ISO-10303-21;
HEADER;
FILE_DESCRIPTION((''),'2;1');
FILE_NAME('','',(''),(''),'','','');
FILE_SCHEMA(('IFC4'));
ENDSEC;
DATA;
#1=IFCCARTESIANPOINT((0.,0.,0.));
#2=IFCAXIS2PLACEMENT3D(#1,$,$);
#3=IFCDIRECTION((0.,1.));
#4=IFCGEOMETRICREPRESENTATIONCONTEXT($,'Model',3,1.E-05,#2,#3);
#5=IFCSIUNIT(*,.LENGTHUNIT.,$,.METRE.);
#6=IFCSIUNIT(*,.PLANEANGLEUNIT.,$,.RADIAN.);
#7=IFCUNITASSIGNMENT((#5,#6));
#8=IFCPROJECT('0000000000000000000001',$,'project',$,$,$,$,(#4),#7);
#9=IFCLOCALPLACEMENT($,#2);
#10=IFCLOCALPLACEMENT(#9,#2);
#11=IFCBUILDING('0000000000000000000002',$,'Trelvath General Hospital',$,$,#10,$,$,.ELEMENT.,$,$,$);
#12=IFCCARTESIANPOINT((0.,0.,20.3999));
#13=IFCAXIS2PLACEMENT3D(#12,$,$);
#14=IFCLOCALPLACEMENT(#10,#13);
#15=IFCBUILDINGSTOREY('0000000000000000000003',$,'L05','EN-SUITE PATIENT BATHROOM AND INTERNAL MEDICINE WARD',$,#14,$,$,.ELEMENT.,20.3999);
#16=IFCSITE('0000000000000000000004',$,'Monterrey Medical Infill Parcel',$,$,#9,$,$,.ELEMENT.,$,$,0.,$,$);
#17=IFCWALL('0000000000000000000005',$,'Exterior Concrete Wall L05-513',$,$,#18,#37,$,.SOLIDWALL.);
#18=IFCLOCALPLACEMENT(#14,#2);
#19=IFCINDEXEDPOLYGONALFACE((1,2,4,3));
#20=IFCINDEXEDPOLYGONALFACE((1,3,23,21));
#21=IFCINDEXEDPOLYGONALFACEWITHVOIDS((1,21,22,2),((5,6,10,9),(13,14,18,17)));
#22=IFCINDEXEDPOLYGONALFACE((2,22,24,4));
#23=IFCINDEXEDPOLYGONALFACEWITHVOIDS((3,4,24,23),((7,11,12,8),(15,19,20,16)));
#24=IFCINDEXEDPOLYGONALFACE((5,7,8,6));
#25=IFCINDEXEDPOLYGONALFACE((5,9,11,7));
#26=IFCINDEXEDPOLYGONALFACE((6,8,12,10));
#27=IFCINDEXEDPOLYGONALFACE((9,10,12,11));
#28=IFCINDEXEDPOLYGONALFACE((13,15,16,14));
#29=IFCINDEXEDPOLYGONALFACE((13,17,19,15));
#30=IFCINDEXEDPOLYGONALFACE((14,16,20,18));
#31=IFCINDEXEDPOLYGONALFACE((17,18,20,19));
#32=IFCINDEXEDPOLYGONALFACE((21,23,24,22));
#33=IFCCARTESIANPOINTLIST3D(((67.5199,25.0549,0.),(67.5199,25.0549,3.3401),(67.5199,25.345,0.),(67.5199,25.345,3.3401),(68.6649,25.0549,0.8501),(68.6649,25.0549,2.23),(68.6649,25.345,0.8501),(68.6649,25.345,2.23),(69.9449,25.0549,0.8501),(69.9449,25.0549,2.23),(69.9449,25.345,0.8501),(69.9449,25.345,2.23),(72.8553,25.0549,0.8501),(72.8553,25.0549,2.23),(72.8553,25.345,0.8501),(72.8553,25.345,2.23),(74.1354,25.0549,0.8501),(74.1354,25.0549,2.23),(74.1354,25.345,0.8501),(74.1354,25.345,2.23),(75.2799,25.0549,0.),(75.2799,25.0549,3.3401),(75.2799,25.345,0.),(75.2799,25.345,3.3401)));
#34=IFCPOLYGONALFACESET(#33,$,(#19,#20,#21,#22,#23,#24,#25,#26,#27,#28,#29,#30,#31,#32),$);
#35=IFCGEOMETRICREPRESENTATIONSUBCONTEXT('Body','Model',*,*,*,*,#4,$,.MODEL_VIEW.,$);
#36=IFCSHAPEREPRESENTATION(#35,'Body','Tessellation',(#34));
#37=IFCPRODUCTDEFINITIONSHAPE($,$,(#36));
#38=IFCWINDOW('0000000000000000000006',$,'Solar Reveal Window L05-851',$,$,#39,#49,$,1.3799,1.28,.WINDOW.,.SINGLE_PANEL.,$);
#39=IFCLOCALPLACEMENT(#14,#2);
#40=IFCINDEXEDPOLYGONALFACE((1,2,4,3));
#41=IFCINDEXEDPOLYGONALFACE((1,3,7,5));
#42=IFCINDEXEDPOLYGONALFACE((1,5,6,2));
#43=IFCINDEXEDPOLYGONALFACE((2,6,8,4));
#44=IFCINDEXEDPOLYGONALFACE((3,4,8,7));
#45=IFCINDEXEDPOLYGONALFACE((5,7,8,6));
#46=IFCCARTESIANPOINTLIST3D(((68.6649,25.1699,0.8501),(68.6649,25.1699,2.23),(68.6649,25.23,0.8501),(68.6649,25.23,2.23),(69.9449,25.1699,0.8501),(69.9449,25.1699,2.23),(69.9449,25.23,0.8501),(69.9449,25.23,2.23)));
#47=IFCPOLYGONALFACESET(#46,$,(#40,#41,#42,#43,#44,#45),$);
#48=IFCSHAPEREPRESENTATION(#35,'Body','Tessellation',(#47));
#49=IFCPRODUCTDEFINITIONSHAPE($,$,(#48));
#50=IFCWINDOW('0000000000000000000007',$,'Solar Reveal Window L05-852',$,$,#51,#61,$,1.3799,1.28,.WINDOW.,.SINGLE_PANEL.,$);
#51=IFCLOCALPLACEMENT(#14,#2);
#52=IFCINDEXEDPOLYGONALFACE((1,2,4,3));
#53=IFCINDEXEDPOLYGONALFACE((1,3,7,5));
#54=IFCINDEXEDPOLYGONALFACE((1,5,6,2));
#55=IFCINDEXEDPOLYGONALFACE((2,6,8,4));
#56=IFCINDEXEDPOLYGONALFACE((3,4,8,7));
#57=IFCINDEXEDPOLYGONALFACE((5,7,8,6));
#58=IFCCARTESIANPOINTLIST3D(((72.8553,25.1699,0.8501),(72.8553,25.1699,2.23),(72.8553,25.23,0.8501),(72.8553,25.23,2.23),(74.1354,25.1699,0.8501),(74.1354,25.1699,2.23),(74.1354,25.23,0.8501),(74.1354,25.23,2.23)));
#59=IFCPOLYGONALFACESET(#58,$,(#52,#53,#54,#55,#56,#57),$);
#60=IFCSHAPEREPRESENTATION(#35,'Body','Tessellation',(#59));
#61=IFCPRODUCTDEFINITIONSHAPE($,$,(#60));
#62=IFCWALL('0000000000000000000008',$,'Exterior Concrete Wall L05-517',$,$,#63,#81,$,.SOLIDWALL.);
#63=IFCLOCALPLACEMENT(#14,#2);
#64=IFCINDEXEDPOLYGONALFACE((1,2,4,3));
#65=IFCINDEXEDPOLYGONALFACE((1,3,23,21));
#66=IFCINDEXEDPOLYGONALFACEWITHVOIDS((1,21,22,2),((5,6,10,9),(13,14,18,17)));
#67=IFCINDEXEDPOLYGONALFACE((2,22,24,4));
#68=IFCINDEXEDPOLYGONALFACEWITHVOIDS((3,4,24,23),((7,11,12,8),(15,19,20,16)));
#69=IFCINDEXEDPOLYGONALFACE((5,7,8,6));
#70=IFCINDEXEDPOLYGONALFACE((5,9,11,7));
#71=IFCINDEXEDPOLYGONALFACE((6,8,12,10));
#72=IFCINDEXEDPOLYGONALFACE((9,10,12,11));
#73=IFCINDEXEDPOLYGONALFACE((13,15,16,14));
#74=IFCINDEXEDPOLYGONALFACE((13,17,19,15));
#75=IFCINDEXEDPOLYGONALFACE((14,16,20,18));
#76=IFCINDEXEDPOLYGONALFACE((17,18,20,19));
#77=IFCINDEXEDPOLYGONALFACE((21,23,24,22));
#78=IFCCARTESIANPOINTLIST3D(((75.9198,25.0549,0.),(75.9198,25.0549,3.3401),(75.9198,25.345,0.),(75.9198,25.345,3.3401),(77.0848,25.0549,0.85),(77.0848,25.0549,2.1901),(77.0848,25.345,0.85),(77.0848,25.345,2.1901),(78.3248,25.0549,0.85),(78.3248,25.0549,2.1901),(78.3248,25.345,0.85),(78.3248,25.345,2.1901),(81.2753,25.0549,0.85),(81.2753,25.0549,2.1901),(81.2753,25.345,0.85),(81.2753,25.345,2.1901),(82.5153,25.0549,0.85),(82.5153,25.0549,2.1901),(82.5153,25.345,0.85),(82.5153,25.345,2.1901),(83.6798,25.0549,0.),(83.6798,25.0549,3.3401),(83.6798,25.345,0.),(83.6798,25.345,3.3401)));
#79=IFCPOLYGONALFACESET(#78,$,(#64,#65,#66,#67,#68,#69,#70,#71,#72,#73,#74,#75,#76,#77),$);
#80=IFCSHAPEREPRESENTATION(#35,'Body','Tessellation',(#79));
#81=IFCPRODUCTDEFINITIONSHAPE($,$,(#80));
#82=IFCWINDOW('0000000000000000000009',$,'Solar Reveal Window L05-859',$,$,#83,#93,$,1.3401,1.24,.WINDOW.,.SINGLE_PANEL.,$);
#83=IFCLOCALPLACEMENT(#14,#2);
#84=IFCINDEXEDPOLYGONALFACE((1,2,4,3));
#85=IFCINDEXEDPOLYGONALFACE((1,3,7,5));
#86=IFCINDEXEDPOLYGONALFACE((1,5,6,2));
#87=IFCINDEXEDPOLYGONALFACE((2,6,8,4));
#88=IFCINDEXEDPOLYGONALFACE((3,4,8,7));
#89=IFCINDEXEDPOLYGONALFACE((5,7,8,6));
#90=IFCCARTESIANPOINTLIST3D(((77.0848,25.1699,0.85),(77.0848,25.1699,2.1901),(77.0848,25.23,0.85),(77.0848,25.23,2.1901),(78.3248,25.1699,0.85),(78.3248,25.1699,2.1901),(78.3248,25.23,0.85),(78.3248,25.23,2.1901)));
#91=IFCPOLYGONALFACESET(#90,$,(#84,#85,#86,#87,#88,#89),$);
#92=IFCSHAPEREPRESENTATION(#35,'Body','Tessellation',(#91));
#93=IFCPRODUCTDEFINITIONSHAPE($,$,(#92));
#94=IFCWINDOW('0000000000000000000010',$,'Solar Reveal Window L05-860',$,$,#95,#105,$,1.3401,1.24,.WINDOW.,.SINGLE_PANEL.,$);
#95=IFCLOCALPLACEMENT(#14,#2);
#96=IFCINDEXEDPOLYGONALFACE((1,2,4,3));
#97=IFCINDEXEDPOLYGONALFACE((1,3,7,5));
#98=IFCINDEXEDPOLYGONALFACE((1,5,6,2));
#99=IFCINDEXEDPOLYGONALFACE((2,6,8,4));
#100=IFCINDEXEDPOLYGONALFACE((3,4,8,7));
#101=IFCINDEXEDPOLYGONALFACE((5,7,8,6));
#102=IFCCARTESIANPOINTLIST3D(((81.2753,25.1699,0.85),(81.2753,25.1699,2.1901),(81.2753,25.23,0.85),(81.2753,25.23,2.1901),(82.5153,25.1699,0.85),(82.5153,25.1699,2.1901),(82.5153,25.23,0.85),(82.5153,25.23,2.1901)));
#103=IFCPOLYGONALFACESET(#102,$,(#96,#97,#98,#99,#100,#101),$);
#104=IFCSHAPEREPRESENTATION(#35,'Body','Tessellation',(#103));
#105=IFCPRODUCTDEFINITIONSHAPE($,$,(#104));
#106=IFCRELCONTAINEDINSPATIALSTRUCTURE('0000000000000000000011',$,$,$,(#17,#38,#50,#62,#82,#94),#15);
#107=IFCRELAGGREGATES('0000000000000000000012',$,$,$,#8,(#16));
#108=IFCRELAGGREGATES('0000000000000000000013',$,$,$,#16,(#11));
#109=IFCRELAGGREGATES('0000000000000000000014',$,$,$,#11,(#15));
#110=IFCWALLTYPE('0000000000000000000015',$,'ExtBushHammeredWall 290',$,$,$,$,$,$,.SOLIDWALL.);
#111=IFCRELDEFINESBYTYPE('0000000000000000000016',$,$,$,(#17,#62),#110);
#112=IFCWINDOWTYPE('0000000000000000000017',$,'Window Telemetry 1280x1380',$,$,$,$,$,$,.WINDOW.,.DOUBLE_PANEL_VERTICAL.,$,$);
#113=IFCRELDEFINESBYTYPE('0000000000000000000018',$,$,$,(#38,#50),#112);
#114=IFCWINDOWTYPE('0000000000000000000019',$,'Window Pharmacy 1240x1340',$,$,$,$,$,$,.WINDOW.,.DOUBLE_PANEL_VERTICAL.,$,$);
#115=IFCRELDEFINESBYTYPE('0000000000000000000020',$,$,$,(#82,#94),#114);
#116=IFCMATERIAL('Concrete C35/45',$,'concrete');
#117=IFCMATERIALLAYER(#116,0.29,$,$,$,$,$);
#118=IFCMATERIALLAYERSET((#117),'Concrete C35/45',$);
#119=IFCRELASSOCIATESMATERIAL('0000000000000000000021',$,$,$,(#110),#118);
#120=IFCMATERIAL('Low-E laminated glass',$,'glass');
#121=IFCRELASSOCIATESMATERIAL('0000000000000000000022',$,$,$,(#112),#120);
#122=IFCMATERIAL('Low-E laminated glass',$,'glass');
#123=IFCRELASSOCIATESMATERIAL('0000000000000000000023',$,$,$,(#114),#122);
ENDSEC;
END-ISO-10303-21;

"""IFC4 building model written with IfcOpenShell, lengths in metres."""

from ifc_helpers import new_model, si_unit, direction, frame, frame_2d, origin, place, context, subcontext, project, spatial, rectangle, extrude, material, layer, layer_set, type_object, element, fill, save


model = new_model("IFC4")

# Units and contexts
model_context = context("Model", 3, precision=1e-05, world=origin(), true_north=direction((0.0, 1.0)))
body_context = subcontext(model_context, "Body", "Model", "MODEL_VIEW")
ifc_project = project(units=[si_unit("LENGTHUNIT", "METRE"), si_unit("PLANEANGLEUNIT", "RADIAN")], contexts=[model_context])

# Site, building, storey
site_placement = place(None, origin())
site = spatial("IfcSite", under=ifc_project, at=site_placement, Name="Monterrey Medical Infill Parcel", CompositionType="ELEMENT", RefElevation=0.0)
building_placement = place(site_placement, origin())
building = spatial("IfcBuilding", under=site, at=building_placement, Name="Trelvath General Hospital", CompositionType="ELEMENT")
storey_placement = place(building_placement, frame((0.0, 0.0, 20.3999)))
storey = spatial("IfcBuildingStorey", under=building, at=storey_placement, Name="L05", Description="EN-SUITE PATIENT BATHROOM AND INTERNAL MEDICINE WARD", CompositionType="ELEMENT", Elevation=20.3999)

# Walls, openings, windows
ifc_material_1 = material(Name="Concrete C35/45", Category="concrete")
ifc_layer_1 = layer(ifc_material_1, 0.29)
ifc_layer_set_1 = layer_set([ifc_layer_1], Name="Concrete C35/45")
wall_type_1 = type_object("IfcWallType", Name="ExtBushHammeredWall 290", PredefinedType="SOLIDWALL", material=ifc_layer_set_1)
wall_1_placement = place(storey_placement, frame((67.52, 25.2, 0.0), z_axis=(0.0, 0.0, 1.0), x_axis=(1.0, 0.0, 0.0)))
wall_1 = element("IfcWall", 1, at=wall_1_placement, inside=storey, type_object=wall_type_1, Name="Exterior Concrete Wall L05-513", PredefinedType="SOLIDWALL", context=body_context, shape_type="SweptSolid", body=[
    extrude(rectangle(XDim=7.76, YDim=0.29, at=frame_2d((3.8799, 0.0))), origin(), (0.0, 0.0, 1.0), 3.3401),
])
opening_1_placement = place(wall_1_placement, frame((1.1448, 0.0, 0.8501)))
opening_1 = element("IfcOpeningElement", 2, at=opening_1_placement, cuts=wall_1, PredefinedType="OPENING", context=body_context, shape_type="SweptSolid", body=[
    extrude(rectangle(XDim=1.28, YDim=1.3799, at=frame_2d((0.6401, 0.6899))), frame((0.0, 0.155, 0.0), z_axis=(0.0, -1.0, 0.0), x_axis=(1.0, 0.0, 0.0)), (0.0, 0.0, 1.0), 0.3101),
])
opening_2_placement = place(wall_1_placement, frame((5.3352, 0.0, 0.8501)))
opening_2 = element("IfcOpeningElement", 3, at=opening_2_placement, cuts=wall_1, PredefinedType="OPENING", context=body_context, shape_type="SweptSolid", body=[
    extrude(rectangle(XDim=1.28, YDim=1.3799, at=frame_2d((0.6401, 0.6899))), frame((0.0, 0.155, 0.0), z_axis=(0.0, -1.0, 0.0), x_axis=(1.0, 0.0, 0.0)), (0.0, 0.0, 1.0), 0.3101),
])
ifc_material_2 = material(Name="Low-E laminated glass", Category="glass")
window_type_1 = type_object("IfcWindowType", Name="Window Telemetry 1280x1380", PartitioningType="DOUBLE_PANEL_VERTICAL", PredefinedType="WINDOW", material=ifc_material_2)
window_1_placement = place(opening_1_placement, origin())
window_1 = element("IfcWindow", 4, at=window_1_placement, inside=storey, type_object=window_type_1, Name="Solar Reveal Window L05-851", OverallHeight=1.3799, OverallWidth=1.28, PartitioningType="SINGLE_PANEL", PredefinedType="WINDOW", context=body_context, shape_type="SweptSolid", body=[
    extrude(rectangle(XDim=1.28, YDim=1.3799, at=frame_2d((0.6401, 0.6899))), frame((0.0, 0.03, 0.0), z_axis=(0.0, -1.0, 0.0), x_axis=(1.0, 0.0, 0.0)), (0.0, 0.0, 1.0), 0.0601),
])
fill(opening_1, window_1)
window_2_placement = place(opening_2_placement, origin())
window_2 = element("IfcWindow", 5, at=window_2_placement, inside=storey, type_object=window_type_1, Name="Solar Reveal Window L05-852", OverallHeight=1.3799, OverallWidth=1.28, PartitioningType="SINGLE_PANEL", PredefinedType="WINDOW", context=body_context, shape_type="SweptSolid", body=[
    extrude(rectangle(XDim=1.28, YDim=1.3799, at=frame_2d((0.6401, 0.6899))), frame((0.0, 0.03, 0.0), z_axis=(0.0, -1.0, 0.0), x_axis=(1.0, 0.0, 0.0)), (0.0, 0.0, 1.0), 0.0601),
])
fill(opening_2, window_2)
wall_2_placement = place(storey_placement, frame((75.9199, 25.2, 0.0), z_axis=(0.0, 0.0, 1.0), x_axis=(1.0, 0.0, 0.0)))
wall_2 = element("IfcWall", 6, at=wall_2_placement, inside=storey, type_object=wall_type_1, Name="Exterior Concrete Wall L05-517", PredefinedType="SOLIDWALL", context=body_context, shape_type="SweptSolid", body=[
    extrude(rectangle(XDim=7.76, YDim=0.29, at=frame_2d((3.8799, 0.0))), origin(), (0.0, 0.0, 1.0), 3.3401),
])
opening_3_placement = place(wall_2_placement, frame((1.1648, 0.0, 0.8501)))
opening_3 = element("IfcOpeningElement", 7, at=opening_3_placement, cuts=wall_2, PredefinedType="OPENING", context=body_context, shape_type="SweptSolid", body=[
    extrude(rectangle(XDim=1.24, YDim=1.3401, at=frame_2d((0.6201, 0.6699))), frame((0.0, 0.155, 0.0), z_axis=(0.0, -1.0, 0.0), x_axis=(1.0, 0.0, 0.0)), (0.0, 0.0, 1.0), 0.3101),
])
opening_4_placement = place(wall_2_placement, frame((5.3552, 0.0, 0.8501)))
opening_4 = element("IfcOpeningElement", 8, at=opening_4_placement, cuts=wall_2, PredefinedType="OPENING", context=body_context, shape_type="SweptSolid", body=[
    extrude(rectangle(XDim=1.24, YDim=1.3401, at=frame_2d((0.6201, 0.6699))), frame((0.0, 0.155, 0.0), z_axis=(0.0, -1.0, 0.0), x_axis=(1.0, 0.0, 0.0)), (0.0, 0.0, 1.0), 0.3101),
])
ifc_material_3 = material(Name="Low-E laminated glass", Category="glass")
window_type_2 = type_object("IfcWindowType", Name="Window Pharmacy 1240x1340", PartitioningType="DOUBLE_PANEL_VERTICAL", PredefinedType="WINDOW", material=ifc_material_3)
window_3_placement = place(opening_3_placement, origin())
window_3 = element("IfcWindow", 9, at=window_3_placement, inside=storey, type_object=window_type_2, Name="Solar Reveal Window L05-859", OverallHeight=1.3401, OverallWidth=1.24, PartitioningType="SINGLE_PANEL", PredefinedType="WINDOW", context=body_context, shape_type="SweptSolid", body=[
    extrude(rectangle(XDim=1.24, YDim=1.3401, at=frame_2d((0.6201, 0.6699))), frame((0.0, 0.03, 0.0), z_axis=(0.0, -1.0, 0.0), x_axis=(1.0, 0.0, 0.0)), (0.0, 0.0, 1.0), 0.0601),
])
fill(opening_3, window_3)
window_4_placement = place(opening_4_placement, origin())
window_4 = element("IfcWindow", 10, at=window_4_placement, inside=storey, type_object=window_type_2, Name="Solar Reveal Window L05-860", OverallHeight=1.3401, OverallWidth=1.24, PartitioningType="SINGLE_PANEL", PredefinedType="WINDOW", context=body_context, shape_type="SweptSolid", body=[
    extrude(rectangle(XDim=1.24, YDim=1.3401, at=frame_2d((0.6201, 0.6699))), frame((0.0, 0.03, 0.0), z_axis=(0.0, -1.0, 0.0), x_axis=(1.0, 0.0, 0.0)), (0.0, 0.0, 1.0), 0.0601),
])
fill(opening_4, window_4)

save(model, "model.ifc")
